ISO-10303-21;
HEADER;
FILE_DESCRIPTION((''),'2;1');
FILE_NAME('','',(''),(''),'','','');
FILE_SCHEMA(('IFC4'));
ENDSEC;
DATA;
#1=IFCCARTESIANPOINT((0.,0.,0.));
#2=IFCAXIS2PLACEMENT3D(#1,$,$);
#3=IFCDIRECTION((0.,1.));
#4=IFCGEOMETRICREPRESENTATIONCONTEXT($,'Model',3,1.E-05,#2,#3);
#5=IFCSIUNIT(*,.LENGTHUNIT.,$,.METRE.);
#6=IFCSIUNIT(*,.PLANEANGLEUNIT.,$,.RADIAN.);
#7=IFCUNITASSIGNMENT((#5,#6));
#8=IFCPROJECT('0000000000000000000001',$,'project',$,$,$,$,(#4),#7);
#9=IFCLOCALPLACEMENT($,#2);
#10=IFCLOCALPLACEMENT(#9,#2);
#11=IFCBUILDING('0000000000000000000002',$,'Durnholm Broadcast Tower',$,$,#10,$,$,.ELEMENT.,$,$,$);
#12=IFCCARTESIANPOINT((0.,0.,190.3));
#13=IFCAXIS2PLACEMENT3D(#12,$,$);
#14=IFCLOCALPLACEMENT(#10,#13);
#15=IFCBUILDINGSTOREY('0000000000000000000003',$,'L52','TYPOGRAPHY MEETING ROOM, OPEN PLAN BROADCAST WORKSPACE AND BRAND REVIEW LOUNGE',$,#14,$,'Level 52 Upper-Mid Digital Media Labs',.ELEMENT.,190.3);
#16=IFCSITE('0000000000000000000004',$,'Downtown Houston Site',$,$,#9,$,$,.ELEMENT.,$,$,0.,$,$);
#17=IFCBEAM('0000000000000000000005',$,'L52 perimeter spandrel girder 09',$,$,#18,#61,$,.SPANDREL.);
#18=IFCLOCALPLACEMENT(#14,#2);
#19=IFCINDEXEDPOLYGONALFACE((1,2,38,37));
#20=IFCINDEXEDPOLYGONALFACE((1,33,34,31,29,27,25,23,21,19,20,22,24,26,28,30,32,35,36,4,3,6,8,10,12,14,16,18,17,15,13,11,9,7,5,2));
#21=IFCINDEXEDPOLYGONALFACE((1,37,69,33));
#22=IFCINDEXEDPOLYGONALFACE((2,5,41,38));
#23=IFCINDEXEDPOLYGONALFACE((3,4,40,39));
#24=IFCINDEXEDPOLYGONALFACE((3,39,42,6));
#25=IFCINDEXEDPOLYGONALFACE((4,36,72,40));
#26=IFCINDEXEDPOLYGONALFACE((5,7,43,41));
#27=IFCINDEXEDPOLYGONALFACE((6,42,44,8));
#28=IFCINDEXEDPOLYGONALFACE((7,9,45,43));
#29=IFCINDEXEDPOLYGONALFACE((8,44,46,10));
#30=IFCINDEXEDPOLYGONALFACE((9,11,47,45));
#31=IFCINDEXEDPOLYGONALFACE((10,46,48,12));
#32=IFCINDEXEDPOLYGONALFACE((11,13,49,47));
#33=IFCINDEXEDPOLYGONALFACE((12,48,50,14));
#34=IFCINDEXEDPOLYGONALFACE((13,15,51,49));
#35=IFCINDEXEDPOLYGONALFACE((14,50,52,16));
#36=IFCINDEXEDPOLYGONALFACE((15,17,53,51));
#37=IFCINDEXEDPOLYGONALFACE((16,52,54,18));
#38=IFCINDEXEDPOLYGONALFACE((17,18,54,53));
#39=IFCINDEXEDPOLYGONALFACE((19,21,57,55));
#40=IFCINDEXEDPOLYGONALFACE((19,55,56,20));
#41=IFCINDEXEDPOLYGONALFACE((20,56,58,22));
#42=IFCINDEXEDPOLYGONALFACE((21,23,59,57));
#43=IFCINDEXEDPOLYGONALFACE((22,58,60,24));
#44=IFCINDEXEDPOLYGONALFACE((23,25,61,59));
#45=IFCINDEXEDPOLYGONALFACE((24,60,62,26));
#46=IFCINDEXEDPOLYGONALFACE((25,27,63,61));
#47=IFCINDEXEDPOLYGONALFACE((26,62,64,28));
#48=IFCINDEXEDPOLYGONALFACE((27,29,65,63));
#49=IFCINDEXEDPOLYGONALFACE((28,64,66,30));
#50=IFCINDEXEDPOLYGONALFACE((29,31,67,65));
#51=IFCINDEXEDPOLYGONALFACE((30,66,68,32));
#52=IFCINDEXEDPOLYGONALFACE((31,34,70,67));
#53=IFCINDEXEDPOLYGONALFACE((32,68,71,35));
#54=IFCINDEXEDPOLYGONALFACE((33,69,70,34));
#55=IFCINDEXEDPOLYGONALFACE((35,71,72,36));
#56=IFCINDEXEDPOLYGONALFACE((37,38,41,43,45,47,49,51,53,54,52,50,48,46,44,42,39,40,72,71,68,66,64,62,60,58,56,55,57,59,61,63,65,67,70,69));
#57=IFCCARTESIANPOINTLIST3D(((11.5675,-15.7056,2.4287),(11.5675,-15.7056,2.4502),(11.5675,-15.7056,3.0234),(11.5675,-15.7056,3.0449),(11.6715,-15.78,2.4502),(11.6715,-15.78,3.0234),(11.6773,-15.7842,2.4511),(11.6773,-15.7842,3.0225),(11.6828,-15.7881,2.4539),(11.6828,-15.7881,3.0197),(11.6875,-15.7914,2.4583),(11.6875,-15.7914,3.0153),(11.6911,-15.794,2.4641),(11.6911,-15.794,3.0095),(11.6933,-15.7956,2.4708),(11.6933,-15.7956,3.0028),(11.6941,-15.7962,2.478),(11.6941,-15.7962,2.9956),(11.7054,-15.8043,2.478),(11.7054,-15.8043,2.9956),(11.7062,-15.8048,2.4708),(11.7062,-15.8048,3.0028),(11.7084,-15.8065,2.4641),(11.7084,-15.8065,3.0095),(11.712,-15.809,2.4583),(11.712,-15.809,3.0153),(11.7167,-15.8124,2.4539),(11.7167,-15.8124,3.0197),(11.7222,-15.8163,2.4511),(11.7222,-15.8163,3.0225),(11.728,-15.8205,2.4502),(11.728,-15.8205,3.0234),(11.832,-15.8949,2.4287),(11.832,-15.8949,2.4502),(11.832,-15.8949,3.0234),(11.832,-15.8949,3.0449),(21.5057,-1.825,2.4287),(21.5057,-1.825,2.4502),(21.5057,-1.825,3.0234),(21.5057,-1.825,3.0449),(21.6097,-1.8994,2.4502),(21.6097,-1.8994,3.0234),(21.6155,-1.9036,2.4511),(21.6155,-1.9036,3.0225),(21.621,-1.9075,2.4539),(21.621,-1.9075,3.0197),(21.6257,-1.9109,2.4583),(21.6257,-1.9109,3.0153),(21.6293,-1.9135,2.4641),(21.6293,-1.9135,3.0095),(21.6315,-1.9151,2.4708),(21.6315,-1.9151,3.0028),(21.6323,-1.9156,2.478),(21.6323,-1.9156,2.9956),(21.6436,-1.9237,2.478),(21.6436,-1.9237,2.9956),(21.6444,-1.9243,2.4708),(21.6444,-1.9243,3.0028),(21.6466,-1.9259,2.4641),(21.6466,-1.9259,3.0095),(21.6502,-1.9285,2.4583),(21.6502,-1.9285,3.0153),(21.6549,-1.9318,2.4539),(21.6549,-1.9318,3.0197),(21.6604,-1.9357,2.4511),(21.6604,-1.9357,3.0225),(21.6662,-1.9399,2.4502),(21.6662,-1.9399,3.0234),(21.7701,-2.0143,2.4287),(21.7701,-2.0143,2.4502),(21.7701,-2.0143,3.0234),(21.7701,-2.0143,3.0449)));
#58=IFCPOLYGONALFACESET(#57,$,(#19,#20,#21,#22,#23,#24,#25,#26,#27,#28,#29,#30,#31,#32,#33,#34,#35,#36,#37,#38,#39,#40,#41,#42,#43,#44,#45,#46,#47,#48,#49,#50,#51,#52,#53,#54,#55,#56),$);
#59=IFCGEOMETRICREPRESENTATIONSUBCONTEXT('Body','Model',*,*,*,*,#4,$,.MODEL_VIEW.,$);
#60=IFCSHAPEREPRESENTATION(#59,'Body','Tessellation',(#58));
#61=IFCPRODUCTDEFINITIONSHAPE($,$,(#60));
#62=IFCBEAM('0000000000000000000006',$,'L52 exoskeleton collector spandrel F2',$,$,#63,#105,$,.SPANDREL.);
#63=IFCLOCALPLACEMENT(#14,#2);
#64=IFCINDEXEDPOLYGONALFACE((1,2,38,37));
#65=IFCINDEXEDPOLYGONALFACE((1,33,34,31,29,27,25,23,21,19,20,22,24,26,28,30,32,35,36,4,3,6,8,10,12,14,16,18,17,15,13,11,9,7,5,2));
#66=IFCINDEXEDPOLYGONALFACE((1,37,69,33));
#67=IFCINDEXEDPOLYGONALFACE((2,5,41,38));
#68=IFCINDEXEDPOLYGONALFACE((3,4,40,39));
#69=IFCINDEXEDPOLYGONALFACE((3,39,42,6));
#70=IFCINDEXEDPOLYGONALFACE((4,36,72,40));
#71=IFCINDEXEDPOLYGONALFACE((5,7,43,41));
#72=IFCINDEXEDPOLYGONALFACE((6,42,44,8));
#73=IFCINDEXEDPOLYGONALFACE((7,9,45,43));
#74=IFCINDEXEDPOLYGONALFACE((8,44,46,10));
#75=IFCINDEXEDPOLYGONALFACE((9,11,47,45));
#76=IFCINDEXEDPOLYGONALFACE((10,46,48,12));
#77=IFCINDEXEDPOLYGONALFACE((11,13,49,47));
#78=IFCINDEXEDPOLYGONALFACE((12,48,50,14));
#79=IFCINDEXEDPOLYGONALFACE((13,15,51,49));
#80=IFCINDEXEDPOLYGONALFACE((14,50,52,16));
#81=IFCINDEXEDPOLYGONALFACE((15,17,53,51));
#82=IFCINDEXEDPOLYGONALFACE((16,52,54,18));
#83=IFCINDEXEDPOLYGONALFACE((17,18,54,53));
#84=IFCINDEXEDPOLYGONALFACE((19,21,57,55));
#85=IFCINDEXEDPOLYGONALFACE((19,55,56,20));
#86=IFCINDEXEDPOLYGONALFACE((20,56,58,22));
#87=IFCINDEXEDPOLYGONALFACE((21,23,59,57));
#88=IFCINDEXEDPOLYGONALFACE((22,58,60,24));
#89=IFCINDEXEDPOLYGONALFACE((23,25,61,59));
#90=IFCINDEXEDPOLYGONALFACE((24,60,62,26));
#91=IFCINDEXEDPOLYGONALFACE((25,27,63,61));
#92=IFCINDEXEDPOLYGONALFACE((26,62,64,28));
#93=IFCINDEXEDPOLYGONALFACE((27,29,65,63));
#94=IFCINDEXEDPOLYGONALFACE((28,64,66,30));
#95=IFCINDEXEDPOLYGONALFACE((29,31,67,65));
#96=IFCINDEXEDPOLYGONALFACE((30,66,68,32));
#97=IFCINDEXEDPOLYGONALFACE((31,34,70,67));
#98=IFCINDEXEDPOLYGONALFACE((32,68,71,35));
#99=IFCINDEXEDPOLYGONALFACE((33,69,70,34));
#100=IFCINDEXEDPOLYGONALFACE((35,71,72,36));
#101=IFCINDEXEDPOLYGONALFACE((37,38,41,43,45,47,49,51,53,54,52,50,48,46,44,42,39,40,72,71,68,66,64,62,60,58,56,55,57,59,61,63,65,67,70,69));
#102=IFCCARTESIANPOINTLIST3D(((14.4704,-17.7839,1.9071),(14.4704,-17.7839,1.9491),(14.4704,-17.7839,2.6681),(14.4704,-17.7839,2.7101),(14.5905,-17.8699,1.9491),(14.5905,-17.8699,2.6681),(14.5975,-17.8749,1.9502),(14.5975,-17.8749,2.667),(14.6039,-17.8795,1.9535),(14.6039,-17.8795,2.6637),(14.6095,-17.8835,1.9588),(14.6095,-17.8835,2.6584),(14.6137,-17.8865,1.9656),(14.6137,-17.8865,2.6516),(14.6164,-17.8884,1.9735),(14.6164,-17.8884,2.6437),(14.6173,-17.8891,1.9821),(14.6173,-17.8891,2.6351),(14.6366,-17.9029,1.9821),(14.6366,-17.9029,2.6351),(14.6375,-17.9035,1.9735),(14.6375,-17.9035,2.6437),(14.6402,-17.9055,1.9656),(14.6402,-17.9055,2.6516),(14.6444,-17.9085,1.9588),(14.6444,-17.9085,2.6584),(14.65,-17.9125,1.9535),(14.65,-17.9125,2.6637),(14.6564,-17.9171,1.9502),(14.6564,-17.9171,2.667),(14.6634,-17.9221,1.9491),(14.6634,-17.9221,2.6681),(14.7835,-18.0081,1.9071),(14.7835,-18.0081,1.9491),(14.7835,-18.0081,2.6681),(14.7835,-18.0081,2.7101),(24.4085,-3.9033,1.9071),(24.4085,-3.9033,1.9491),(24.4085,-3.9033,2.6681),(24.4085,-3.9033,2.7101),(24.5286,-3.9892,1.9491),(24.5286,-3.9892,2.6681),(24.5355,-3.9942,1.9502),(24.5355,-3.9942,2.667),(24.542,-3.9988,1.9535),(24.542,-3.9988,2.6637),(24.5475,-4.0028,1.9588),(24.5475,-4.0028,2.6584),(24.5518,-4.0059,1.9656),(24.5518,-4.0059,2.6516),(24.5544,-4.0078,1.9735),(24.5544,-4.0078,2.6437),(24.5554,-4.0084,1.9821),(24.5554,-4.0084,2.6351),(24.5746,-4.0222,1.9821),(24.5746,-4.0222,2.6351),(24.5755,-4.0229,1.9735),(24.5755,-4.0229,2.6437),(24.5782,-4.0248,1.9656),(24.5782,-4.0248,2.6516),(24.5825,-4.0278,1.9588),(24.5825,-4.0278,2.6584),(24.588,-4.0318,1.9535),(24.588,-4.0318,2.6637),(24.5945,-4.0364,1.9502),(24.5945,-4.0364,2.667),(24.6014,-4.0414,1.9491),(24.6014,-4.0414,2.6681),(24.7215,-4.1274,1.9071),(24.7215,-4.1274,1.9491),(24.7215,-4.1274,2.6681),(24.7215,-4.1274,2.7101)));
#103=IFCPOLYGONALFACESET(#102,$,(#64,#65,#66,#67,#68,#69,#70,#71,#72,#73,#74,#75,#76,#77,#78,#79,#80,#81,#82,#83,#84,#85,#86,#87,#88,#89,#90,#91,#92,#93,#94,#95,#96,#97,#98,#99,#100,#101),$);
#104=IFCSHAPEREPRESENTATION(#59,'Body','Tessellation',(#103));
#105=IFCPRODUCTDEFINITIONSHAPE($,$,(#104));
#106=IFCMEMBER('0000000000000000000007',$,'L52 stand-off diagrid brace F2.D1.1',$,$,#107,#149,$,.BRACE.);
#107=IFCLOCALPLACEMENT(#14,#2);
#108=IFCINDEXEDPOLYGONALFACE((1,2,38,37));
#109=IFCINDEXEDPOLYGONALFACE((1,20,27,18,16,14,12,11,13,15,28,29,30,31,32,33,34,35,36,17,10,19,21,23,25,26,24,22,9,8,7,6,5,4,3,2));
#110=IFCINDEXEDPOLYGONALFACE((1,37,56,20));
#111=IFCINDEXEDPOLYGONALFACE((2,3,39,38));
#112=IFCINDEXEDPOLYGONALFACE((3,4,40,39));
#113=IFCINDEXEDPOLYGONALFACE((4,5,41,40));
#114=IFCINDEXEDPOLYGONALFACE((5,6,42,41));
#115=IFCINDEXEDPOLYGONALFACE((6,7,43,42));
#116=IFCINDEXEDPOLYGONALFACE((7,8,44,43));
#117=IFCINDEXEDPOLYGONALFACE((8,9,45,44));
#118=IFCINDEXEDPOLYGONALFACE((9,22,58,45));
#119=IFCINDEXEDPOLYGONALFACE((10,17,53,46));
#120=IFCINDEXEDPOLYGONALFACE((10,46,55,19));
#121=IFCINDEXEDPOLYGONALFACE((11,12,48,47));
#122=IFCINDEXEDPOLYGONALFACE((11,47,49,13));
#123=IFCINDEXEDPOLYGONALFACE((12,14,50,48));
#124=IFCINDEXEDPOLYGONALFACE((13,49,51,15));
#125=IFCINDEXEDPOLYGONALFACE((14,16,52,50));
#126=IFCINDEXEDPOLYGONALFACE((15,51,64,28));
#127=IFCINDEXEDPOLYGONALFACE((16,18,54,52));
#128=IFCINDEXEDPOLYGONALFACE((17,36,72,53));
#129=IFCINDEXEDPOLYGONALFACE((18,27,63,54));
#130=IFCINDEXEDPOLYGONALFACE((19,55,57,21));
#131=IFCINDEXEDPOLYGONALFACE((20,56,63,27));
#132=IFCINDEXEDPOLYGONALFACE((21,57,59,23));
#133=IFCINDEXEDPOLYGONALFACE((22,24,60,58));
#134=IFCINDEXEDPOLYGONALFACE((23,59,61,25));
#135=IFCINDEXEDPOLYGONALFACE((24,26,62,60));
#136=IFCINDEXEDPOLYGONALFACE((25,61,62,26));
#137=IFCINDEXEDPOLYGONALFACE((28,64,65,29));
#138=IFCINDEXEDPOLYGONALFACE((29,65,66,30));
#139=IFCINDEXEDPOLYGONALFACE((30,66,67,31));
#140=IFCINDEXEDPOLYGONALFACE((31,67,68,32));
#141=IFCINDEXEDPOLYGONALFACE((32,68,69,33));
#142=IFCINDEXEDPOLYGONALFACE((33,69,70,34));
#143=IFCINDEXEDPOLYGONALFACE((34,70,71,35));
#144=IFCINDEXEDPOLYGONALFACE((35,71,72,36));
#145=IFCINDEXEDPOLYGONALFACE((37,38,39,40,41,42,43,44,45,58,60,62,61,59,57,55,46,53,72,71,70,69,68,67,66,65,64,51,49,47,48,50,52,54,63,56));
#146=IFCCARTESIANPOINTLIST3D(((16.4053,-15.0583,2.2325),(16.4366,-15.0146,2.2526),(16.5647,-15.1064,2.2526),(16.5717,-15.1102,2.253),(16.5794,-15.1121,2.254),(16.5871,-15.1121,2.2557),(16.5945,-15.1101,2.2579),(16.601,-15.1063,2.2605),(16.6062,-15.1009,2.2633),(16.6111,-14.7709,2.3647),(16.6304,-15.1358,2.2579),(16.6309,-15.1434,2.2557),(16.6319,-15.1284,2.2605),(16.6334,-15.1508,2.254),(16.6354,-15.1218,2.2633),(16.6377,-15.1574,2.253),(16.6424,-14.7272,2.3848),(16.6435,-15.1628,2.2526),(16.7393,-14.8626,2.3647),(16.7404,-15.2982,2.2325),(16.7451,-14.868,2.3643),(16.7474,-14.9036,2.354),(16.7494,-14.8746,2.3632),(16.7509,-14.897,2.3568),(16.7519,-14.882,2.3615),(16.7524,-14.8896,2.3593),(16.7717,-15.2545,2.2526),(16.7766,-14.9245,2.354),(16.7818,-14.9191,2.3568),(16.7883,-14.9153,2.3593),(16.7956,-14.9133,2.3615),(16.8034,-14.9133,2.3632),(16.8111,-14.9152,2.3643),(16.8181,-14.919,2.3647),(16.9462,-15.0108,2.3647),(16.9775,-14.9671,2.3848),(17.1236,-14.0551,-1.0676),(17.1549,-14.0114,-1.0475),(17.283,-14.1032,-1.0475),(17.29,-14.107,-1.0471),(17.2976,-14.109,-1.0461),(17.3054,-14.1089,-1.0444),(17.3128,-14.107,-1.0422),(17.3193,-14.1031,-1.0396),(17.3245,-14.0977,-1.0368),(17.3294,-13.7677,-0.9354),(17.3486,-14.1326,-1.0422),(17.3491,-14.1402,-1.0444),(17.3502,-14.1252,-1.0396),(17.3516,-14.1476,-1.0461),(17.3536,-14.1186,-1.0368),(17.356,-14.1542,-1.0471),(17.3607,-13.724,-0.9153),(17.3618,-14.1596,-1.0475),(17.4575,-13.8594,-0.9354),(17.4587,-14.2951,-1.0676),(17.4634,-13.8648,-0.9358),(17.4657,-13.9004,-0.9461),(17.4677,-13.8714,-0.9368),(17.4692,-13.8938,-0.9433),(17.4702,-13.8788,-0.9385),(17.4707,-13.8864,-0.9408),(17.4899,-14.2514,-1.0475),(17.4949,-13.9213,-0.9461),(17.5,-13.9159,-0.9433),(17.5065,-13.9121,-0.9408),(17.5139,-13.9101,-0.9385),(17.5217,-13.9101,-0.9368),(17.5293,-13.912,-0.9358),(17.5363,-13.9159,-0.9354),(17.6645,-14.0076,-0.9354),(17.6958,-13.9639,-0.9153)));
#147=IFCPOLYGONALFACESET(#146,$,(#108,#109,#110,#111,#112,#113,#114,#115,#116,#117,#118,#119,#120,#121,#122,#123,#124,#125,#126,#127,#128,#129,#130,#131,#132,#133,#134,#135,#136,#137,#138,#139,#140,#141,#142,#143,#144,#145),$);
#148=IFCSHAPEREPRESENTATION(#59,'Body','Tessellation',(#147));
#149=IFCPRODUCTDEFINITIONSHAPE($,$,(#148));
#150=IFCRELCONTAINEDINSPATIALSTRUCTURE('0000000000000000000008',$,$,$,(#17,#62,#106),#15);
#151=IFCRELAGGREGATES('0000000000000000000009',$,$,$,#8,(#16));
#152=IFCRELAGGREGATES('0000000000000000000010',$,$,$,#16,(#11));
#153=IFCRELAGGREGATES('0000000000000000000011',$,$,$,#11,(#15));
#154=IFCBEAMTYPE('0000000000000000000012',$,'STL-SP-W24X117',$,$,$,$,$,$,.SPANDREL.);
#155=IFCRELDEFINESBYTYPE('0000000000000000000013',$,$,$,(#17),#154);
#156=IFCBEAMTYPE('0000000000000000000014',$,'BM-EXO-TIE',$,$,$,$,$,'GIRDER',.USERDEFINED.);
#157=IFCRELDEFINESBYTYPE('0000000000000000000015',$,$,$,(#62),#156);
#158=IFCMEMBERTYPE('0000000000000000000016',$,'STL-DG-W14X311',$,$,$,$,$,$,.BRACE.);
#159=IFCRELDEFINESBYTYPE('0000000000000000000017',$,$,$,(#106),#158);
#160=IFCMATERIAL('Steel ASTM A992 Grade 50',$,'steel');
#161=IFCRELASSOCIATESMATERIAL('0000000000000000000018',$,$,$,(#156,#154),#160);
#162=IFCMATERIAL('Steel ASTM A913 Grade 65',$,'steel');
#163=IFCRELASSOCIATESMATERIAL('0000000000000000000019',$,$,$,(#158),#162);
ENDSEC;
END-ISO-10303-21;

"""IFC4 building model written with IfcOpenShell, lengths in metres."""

from ifc_helpers import new_model, si_unit, direction, frame, origin, origin_2d, place, context, subcontext, project, spatial, i_section, extrude, source, transform, mapped, material, material_profile, profile_set, type_object, type_shapes, element, save


model = new_model("IFC4")

# Units and contexts
model_context = context("Model", 3, precision=1e-05, world=origin(), true_north=direction((0.0, 1.0)))
body_context = subcontext(model_context, "Body", "Model", "MODEL_VIEW")
ifc_project = project(units=[si_unit("LENGTHUNIT", "METRE"), si_unit("PLANEANGLEUNIT", "RADIAN")], contexts=[model_context])

# Site, building, storey
site_placement = place(None, origin())
site = spatial("IfcSite", under=ifc_project, at=site_placement, Name="Downtown Houston Site", CompositionType="ELEMENT", RefElevation=0.0)
building_placement = place(site_placement, origin())
building = spatial("IfcBuilding", under=site, at=building_placement, Name="Durnholm Broadcast Tower", CompositionType="ELEMENT")
storey_placement = place(building_placement, frame((0.0, 0.0, 190.3)))
storey = spatial("IfcBuildingStorey", under=building, at=storey_placement, Name="L52", Description="TYPOGRAPHY MEETING ROOM, OPEN PLAN BROADCAST WORKSPACE AND BRAND REVIEW LOUNGE", LongName="Level 52 Upper-Mid Digital Media Labs", CompositionType="ELEMENT", Elevation=190.3)

# Beams
ifc_material_1 = material(Name="Steel ASTM A992 Grade 50", Category="steel")
ifc_material_profile_1 = material_profile(ifc_material_1, i_section(OverallWidth=0.385, OverallDepth=0.803, WebThickness=0.0237, FlangeThickness=0.042, FilletRadius=0.033, at=origin_2d()), Name="W30X261")
ifc_profile_set_1 = profile_set([ifc_material_profile_1], Name="Steel ASTM A992 Grade 50")
beam_type_1 = type_object("IfcBeamType", Name="BM-EXO-TIE", ElementType="GIRDER", PredefinedType="USERDEFINED", material=ifc_profile_set_1)
ifc_material_profile_2 = material_profile(ifc_material_1, i_section(OverallWidth=0.3252, OverallDepth=0.6162, WebThickness=0.0139, FlangeThickness=0.0215, FilletRadius=0.0278, at=origin_2d()), Name="W24X117")
ifc_profile_set_2 = profile_set([ifc_material_profile_2], Name="Steel ASTM A992 Grade 50")
beam_type_2 = type_object("IfcBeamType", Name="STL-SP-W24X117", PredefinedType="SPANDREL", material=ifc_profile_set_2)
shared_shape_1 = source(origin(), body_context, "Body", "SweptSolid", [
    extrude(i_section(OverallWidth=0.3252, OverallDepth=0.6162, WebThickness=0.0139, FlangeThickness=0.0215, FilletRadius=0.0278, at=origin_2d()), origin(), (0.0, 0.0, 1.0), 17.0715),
])
beam_1_placement = place(storey_placement, frame((21.6379, -1.9197, 2.7368), z_axis=(-0.58215, -0.813082, 0.0), x_axis=(0.813082, -0.58215, 0.0)))
element("IfcBeam", 1, at=beam_1_placement, inside=storey, type_object=beam_type_2, Name="L52 perimeter spandrel girder 09", PredefinedType="SPANDREL", context=body_context, shape_type="MappedRepresentation", body=[
    mapped(shared_shape_1, transform((0.0, 0.0, 0.0), x_axis=(1.0, 0.0, 0.0), y_axis=(0.0, 1.0, 0.0), z_axis=(0.0, 0.0, 1.0), scale=1.0)),
])
shared_shape_2 = source(origin(), body_context, "Body", "SweptSolid", [
    extrude(i_section(OverallWidth=0.385, OverallDepth=0.803, WebThickness=0.0237, FlangeThickness=0.042, FilletRadius=0.033, at=origin_2d()), origin(), (0.0, 0.0, 1.0), 17.0715),
])
beam_2_placement = place(storey_placement, frame((14.627, -17.896, 2.3086), z_axis=(0.58214, 0.813088, 0.0), x_axis=(-0.813088, 0.58214, 0.0)))
element("IfcBeam", 2, at=beam_2_placement, inside=storey, type_object=beam_type_1, Name="L52 exoskeleton collector spandrel F2", PredefinedType="SPANDREL", context=body_context, shape_type="MappedRepresentation", body=[
    mapped(shared_shape_2, transform((0.0, 0.0, 0.0), x_axis=(1.0, 0.0, 0.0), y_axis=(0.0, 1.0, 0.0), z_axis=(0.0, 0.0, 1.0), scale=1.0)),
])

# Member
ifc_material_2 = material(Name="Steel ASTM A913 Grade 65", Category="steel")
ifc_material_profile_3 = material_profile(ifc_material_2, i_section(OverallWidth=0.4121, OverallDepth=0.4348, WebThickness=0.0359, FlangeThickness=0.0574, FilletRadius=0.0305, at=origin_2d()), Name="W14X311")
ifc_profile_set_3 = profile_set([ifc_material_profile_3], Name="Steel ASTM A913 Grade 65")
member_type_1 = type_object("IfcMemberType", Name="STL-DG-W14X311", PredefinedType="BRACE", material=ifc_profile_set_3)
shared_shape_3 = source(origin(), body_context, "Body", "SweptSolid", [
    extrude(i_section(OverallWidth=0.4121, OverallDepth=0.4348, WebThickness=0.0359, FlangeThickness=0.0574, FilletRadius=0.0305, at=origin_2d()), origin(), (0.0, 0.0, 1.0), 3.5232),
])
type_shapes(member_type_1, [shared_shape_3])
for number, where, z_axis, x_axis, name in (
    (3, (17.4097, -14.0095, -0.9915), (-0.203869, -0.284738, 0.936676), (0.813078, -0.582155, 0.0), "L52 stand-off diagrid brace F2.D1.1"),
):
    element("IfcMember", number, at=place(storey_placement, frame(where, z_axis=z_axis, x_axis=x_axis)), inside=storey, type_object=member_type_1, Name=name, PredefinedType="BRACE", context=body_context, shape_type="MappedRepresentation", body=[
        mapped(shared_shape_3, transform((0.0, 0.0, 0.0), x_axis=(1.0, 0.0, 0.0), y_axis=(0.0, 1.0, 0.0), z_axis=(0.0, 0.0, 1.0), scale=1.0)),
    ])

save(model, "model.ifc")
